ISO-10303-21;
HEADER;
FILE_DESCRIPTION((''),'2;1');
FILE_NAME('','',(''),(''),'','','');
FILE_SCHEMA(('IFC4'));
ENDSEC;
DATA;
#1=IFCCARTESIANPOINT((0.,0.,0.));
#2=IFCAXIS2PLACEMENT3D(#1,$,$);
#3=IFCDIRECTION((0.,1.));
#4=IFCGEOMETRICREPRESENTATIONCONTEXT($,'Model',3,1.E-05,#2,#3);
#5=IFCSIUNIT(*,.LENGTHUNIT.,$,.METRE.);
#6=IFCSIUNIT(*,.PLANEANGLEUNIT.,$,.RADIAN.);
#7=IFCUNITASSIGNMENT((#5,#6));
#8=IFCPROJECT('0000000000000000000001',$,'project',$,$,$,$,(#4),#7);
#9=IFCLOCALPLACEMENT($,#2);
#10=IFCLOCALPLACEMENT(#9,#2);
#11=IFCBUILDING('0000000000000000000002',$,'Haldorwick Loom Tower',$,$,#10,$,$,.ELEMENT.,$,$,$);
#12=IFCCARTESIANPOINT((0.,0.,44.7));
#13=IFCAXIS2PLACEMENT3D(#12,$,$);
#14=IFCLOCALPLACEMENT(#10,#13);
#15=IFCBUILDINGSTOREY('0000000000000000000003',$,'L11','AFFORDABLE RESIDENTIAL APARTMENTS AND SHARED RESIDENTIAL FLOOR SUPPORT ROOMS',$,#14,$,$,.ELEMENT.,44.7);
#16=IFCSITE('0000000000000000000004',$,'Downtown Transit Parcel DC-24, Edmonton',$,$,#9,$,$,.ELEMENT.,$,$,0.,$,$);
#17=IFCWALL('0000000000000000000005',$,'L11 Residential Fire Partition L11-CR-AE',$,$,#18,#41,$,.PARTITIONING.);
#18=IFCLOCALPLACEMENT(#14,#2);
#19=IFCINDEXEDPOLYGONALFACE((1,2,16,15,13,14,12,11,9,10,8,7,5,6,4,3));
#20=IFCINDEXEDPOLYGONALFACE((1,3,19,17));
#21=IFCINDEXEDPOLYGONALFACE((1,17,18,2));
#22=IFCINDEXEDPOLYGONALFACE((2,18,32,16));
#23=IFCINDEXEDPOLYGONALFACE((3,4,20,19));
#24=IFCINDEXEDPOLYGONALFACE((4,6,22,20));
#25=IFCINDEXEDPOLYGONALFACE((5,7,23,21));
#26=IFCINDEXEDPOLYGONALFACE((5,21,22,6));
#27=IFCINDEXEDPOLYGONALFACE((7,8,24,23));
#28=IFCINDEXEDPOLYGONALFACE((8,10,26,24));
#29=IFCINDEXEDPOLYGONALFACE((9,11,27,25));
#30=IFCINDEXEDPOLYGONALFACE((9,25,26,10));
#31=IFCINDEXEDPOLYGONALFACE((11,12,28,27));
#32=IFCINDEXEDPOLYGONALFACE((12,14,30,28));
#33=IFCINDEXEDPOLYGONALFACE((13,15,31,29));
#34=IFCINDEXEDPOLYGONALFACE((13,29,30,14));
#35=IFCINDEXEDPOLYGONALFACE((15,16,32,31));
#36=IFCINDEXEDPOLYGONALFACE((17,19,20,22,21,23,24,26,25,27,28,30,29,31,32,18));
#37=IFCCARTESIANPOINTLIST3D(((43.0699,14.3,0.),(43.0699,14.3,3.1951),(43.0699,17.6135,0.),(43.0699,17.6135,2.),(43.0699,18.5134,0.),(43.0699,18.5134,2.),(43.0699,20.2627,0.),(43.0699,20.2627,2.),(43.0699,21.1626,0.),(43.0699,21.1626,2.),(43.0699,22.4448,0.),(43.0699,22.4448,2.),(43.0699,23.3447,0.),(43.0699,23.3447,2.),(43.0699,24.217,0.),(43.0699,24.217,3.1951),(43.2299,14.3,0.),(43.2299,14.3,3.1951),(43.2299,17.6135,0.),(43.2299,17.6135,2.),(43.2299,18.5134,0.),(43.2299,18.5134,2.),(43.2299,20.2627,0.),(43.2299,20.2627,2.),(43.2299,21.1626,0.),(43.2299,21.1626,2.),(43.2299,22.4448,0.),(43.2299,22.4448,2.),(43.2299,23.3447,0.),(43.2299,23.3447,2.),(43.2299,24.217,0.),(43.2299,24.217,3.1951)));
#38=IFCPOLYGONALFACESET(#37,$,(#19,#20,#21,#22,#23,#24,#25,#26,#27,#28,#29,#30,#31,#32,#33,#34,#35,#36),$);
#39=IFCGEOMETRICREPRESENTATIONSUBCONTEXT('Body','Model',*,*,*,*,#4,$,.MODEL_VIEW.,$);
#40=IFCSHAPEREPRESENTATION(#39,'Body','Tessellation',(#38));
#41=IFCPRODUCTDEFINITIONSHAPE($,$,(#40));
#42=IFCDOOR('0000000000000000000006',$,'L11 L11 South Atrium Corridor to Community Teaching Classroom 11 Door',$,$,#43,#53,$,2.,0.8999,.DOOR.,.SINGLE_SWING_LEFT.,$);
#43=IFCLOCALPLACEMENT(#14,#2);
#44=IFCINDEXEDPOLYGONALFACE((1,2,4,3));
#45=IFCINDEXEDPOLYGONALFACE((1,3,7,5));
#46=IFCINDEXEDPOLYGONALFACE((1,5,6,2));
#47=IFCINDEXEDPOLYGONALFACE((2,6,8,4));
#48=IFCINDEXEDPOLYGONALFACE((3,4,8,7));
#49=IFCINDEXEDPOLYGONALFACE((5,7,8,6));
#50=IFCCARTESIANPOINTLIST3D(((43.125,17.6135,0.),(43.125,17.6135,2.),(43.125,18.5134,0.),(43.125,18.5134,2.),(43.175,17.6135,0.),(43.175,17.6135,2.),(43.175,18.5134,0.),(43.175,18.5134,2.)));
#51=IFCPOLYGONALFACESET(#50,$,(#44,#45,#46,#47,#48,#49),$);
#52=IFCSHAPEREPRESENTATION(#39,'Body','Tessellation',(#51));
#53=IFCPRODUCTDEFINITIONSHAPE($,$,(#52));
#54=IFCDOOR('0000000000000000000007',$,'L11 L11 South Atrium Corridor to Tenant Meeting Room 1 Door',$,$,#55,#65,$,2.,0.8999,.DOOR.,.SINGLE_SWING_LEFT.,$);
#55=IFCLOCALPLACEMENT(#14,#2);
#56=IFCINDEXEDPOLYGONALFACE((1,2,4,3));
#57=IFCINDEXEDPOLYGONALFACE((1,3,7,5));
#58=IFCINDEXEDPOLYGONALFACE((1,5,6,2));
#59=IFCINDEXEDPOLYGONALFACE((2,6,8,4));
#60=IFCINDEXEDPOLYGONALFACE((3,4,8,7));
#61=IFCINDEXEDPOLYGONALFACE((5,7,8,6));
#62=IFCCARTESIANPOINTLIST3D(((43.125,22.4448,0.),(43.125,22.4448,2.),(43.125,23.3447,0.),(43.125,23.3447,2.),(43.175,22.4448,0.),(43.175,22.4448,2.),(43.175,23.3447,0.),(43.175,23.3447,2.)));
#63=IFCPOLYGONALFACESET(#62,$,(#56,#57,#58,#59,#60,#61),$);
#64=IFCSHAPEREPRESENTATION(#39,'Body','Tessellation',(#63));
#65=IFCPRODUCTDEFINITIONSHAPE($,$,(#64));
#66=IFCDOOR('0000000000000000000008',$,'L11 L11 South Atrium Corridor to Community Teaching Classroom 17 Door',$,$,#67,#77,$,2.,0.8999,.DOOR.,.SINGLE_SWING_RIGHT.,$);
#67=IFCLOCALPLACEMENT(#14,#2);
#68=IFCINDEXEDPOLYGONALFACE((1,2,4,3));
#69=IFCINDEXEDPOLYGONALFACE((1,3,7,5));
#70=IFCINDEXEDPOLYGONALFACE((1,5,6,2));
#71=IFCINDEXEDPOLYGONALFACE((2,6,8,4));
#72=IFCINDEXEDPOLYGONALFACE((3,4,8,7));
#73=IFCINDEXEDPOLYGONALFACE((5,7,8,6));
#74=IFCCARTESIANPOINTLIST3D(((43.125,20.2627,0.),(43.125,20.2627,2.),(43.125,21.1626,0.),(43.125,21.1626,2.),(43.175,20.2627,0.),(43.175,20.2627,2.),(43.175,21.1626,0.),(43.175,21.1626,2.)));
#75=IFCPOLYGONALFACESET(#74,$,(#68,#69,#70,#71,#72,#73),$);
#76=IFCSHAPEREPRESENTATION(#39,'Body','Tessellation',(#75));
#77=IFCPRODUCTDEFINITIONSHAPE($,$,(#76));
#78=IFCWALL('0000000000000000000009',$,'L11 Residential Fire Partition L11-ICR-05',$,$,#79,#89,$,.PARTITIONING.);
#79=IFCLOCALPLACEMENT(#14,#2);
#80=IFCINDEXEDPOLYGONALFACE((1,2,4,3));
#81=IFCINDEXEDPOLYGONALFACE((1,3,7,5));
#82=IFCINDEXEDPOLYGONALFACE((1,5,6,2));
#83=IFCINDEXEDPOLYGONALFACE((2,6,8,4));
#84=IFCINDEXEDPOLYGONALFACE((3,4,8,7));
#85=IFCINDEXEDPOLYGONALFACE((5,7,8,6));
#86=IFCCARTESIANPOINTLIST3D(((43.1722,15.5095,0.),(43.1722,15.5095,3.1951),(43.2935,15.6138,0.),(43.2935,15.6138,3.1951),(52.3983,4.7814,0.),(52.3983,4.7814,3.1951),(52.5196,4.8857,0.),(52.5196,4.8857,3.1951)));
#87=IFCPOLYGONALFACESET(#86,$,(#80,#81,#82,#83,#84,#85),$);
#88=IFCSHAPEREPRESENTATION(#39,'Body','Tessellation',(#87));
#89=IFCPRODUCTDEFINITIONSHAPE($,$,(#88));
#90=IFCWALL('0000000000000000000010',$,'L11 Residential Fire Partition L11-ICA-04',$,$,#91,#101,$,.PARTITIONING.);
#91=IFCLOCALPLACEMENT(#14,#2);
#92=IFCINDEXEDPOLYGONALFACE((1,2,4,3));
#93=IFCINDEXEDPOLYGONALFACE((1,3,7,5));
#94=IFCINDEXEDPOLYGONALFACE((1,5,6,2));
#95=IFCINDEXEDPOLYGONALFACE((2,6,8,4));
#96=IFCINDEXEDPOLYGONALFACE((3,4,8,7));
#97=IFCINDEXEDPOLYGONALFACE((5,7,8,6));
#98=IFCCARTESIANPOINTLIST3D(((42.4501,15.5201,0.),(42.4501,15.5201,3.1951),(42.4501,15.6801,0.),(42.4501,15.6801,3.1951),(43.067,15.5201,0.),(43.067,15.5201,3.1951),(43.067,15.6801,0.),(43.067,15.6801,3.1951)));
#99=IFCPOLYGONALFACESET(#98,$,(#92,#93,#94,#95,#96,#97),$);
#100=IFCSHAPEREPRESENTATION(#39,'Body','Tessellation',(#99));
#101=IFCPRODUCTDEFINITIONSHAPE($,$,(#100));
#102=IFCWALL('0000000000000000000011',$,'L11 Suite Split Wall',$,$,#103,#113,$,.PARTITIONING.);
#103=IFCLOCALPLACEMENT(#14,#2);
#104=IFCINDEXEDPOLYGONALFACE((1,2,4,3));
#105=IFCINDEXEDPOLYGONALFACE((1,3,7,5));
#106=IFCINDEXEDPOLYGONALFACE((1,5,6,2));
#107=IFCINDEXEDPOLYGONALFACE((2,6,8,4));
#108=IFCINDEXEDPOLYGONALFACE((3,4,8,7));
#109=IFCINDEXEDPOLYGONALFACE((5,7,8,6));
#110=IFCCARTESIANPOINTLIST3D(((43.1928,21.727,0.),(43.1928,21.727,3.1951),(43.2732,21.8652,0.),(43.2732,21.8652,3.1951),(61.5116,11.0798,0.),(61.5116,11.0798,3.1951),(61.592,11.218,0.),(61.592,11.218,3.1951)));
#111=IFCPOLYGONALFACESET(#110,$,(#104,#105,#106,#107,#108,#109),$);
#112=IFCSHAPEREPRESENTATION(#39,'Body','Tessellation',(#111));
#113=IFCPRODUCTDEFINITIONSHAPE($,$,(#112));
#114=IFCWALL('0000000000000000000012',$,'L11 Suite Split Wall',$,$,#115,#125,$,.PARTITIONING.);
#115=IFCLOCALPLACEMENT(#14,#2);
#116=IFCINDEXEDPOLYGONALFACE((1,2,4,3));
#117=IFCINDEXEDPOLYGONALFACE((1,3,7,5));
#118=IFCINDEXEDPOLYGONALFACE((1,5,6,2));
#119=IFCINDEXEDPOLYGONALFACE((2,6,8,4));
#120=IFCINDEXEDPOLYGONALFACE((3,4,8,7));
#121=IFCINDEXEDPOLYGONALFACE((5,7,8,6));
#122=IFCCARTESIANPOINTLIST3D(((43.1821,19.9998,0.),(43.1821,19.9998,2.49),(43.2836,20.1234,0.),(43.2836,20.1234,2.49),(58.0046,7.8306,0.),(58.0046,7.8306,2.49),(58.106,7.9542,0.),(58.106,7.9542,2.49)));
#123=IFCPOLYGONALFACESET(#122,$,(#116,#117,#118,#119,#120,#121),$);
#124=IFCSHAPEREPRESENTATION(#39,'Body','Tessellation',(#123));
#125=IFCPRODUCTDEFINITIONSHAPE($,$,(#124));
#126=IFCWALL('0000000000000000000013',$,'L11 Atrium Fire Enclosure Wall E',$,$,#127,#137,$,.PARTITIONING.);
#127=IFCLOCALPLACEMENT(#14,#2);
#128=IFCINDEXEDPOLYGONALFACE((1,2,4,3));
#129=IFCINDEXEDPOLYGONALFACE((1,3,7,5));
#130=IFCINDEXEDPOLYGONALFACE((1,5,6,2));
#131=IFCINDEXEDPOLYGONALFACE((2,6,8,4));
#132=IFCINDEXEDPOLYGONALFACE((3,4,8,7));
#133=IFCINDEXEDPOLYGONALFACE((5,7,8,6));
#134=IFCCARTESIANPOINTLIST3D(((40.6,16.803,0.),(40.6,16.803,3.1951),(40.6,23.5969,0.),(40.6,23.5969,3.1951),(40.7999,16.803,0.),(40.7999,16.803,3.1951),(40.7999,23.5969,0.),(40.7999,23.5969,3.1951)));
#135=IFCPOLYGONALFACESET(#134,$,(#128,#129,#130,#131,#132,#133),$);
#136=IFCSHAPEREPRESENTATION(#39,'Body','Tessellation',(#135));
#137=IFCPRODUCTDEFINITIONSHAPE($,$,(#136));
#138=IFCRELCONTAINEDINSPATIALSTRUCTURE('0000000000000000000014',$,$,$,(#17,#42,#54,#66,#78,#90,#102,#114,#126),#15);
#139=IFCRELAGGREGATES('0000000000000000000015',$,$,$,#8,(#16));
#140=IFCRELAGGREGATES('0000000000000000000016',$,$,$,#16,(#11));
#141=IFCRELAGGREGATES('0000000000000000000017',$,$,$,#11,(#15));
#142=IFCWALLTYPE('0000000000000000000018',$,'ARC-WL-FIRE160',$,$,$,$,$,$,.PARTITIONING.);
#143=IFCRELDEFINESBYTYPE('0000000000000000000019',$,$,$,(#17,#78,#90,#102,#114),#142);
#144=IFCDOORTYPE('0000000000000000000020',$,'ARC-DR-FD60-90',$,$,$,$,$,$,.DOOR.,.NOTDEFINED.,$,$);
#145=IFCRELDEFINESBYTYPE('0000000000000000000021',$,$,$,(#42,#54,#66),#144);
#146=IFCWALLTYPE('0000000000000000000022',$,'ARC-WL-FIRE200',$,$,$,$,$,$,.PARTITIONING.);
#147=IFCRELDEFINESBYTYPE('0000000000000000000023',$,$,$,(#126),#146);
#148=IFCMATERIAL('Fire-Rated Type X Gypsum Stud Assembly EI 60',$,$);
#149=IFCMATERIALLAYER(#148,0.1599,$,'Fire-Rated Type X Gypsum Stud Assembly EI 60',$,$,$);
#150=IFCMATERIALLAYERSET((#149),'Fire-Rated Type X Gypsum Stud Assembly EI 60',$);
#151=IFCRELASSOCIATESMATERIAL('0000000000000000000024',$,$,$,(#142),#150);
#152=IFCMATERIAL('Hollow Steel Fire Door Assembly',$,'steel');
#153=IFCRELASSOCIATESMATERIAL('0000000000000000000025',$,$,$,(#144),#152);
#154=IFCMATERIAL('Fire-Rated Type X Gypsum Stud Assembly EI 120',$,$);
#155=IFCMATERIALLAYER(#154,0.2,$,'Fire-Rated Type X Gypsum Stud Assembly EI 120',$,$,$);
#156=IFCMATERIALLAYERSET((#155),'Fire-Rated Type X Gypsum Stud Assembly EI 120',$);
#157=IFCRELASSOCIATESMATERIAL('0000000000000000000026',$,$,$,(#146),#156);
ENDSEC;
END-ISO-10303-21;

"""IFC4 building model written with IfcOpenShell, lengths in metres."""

from ifc_helpers import new_model, si_unit, direction, frame, frame_2d, origin, place, context, subcontext, project, spatial, rectangle, extrude, material, layer, layer_set, type_object, element, fill, save


model = new_model("IFC4")

# Units and contexts
model_context = context("Model", 3, precision=1e-05, world=origin(), true_north=direction((0.0, 1.0)))
body_context = subcontext(model_context, "Body", "Model", "MODEL_VIEW")
ifc_project = project(units=[si_unit("LENGTHUNIT", "METRE"), si_unit("PLANEANGLEUNIT", "RADIAN")], contexts=[model_context])

# Site, building, storey
site_placement = place(None, origin())
site = spatial("IfcSite", under=ifc_project, at=site_placement, Name="Downtown Transit Parcel DC-24, Edmonton", CompositionType="ELEMENT", RefElevation=0.0)
building_placement = place(site_placement, origin())
building = spatial("IfcBuilding", under=site, at=building_placement, Name="Haldorwick Loom Tower", CompositionType="ELEMENT")
storey_placement = place(building_placement, frame((0.0, 0.0, 44.7)))
storey = spatial("IfcBuildingStorey", under=building, at=storey_placement, Name="L11", Description="AFFORDABLE RESIDENTIAL APARTMENTS AND SHARED RESIDENTIAL FLOOR SUPPORT ROOMS", CompositionType="ELEMENT", Elevation=44.7)

# Wall, openings, doors
ifc_material_1 = material(Name="Fire-Rated Type X Gypsum Stud Assembly EI 60")
ifc_layer_1 = layer(ifc_material_1, 0.1599, Name="Fire-Rated Type X Gypsum Stud Assembly EI 60")
ifc_layer_set_1 = layer_set([ifc_layer_1], Name="Fire-Rated Type X Gypsum Stud Assembly EI 60")
wall_type_1 = type_object("IfcWallType", Name="ARC-WL-FIRE160", PredefinedType="PARTITIONING", material=ifc_layer_set_1)
wall_1_placement = place(storey_placement, frame((43.1499, 14.3, 0.0), z_axis=(0.0, 0.0, 1.0), x_axis=(0.0, 1.0, 0.0)))
wall_1 = element("IfcWall", 1, at=wall_1_placement, inside=storey, type_object=wall_type_1, Name="L11 Residential Fire Partition L11-CR-AE", PredefinedType="PARTITIONING", context=body_context, shape_type="SweptSolid", body=[
    extrude(rectangle(XDim=9.917, YDim=0.1599, at=frame_2d((4.9585, 0.0))), origin(), (0.0, 0.0, 1.0), 3.1951),
])
opening_1_placement = place(wall_1_placement, frame((3.3135, 0.0, 0.0)))
opening_1 = element("IfcOpeningElement", 2, at=opening_1_placement, cuts=wall_1, PredefinedType="OPENING", context=body_context, shape_type="SweptSolid", body=[
    extrude(rectangle(XDim=0.8999, YDim=2.0, at=frame_2d((0.45, 1.0))), frame((0.0, 0.0898, 0.0), z_axis=(0.0, -1.0, 0.0), x_axis=(1.0, 0.0, 0.0)), (0.0, 0.0, 1.0), 0.1799),
])
opening_2_placement = place(wall_1_placement, frame((8.1448, 0.0, 0.0)))
opening_2 = element("IfcOpeningElement", 3, at=opening_2_placement, cuts=wall_1, PredefinedType="OPENING", context=body_context, shape_type="SweptSolid", body=[
    extrude(rectangle(XDim=0.8999, YDim=2.0, at=frame_2d((0.45, 1.0))), frame((0.0, 0.0898, 0.0), z_axis=(0.0, -1.0, 0.0), x_axis=(1.0, 0.0, 0.0)), (0.0, 0.0, 1.0), 0.1799),
])
opening_3_placement = place(wall_1_placement, frame((5.9626, 0.0, 0.0)))
opening_3 = element("IfcOpeningElement", 4, at=opening_3_placement, cuts=wall_1, PredefinedType="OPENING", context=body_context, shape_type="SweptSolid", body=[
    extrude(rectangle(XDim=0.8999, YDim=2.0, at=frame_2d((0.45, 1.0))), frame((0.0, 0.0898, 0.0), z_axis=(0.0, -1.0, 0.0), x_axis=(1.0, 0.0, 0.0)), (0.0, 0.0, 1.0), 0.1799),
])
ifc_material_2 = material(Name="Hollow Steel Fire Door Assembly", Category="steel")
door_type = type_object("IfcDoorType", Name="ARC-DR-FD60-90", OperationType="NOTDEFINED", PredefinedType="DOOR", material=ifc_material_2)
door_1_placement = place(opening_1_placement, origin())
door_1 = element("IfcDoor", 5, at=door_1_placement, inside=storey, type_object=door_type, Name="L11 L11 South Atrium Corridor to Community Teaching Classroom 11 Door", OperationType="SINGLE_SWING_LEFT", OverallHeight=2.0, OverallWidth=0.8999, PredefinedType="DOOR", context=body_context, shape_type="SweptSolid", body=[
    extrude(rectangle(XDim=0.8999, YDim=2.0, at=frame_2d((0.45, 1.0))), frame((0.0, 0.0249, 0.0), z_axis=(0.0, -1.0, 0.0), x_axis=(1.0, 0.0, 0.0)), (0.0, 0.0, 1.0), 0.05),
])
fill(opening_1, door_1)
door_2_placement = place(opening_2_placement, origin())
door_2 = element("IfcDoor", 6, at=door_2_placement, inside=storey, type_object=door_type, Name="L11 L11 South Atrium Corridor to Tenant Meeting Room 1 Door", OperationType="SINGLE_SWING_LEFT", OverallHeight=2.0, OverallWidth=0.8999, PredefinedType="DOOR", context=body_context, shape_type="SweptSolid", body=[
    extrude(rectangle(XDim=0.8999, YDim=2.0, at=frame_2d((0.45, 1.0))), frame((0.0, 0.0249, 0.0), z_axis=(0.0, -1.0, 0.0), x_axis=(1.0, 0.0, 0.0)), (0.0, 0.0, 1.0), 0.05),
])
fill(opening_2, door_2)
door_3_placement = place(opening_3_placement, origin())
door_3 = element("IfcDoor", 7, at=door_3_placement, inside=storey, type_object=door_type, Name="L11 L11 South Atrium Corridor to Community Teaching Classroom 17 Door", OperationType="SINGLE_SWING_RIGHT", OverallHeight=2.0, OverallWidth=0.8999, PredefinedType="DOOR", context=body_context, shape_type="SweptSolid", body=[
    extrude(rectangle(XDim=0.8999, YDim=2.0, at=frame_2d((0.45, 1.0))), frame((0.0, 0.0249, 0.0), z_axis=(0.0, -1.0, 0.0), x_axis=(1.0, 0.0, 0.0)), (0.0, 0.0, 1.0), 0.05),
])
fill(opening_3, door_3)

# Walls
wall_2_placement = place(storey_placement, frame((43.2329, 15.5615, 0.0), z_axis=(0.0, 0.0, 1.0), x_axis=(0.652038, -0.758186, 0.0)))
element("IfcWall", 8, at=wall_2_placement, inside=storey, type_object=wall_type_1, Name="L11 Residential Fire Partition L11-ICR-05", PredefinedType="PARTITIONING", context=body_context, shape_type="SweptSolid", body=[
    extrude(rectangle(XDim=14.1497, YDim=0.1599, at=frame_2d((7.0747, 0.0))), origin(), (0.0, 0.0, 1.0), 3.1951),
])
wall_3_placement = place(storey_placement, frame((42.45, 15.6001, 0.0), z_axis=(0.0, 0.0, 1.0), x_axis=(1.0, 0.0, 0.0)))
element("IfcWall", 9, at=wall_3_placement, inside=storey, type_object=wall_type_1, Name="L11 Residential Fire Partition L11-ICA-04", PredefinedType="PARTITIONING", context=body_context, shape_type="SweptSolid", body=[
    extrude(rectangle(XDim=0.6169, YDim=0.1599, at=frame_2d((0.3086, 0.0))), origin(), (0.0, 0.0, 1.0), 3.1951),
])
wall_4_placement = place(storey_placement, frame((43.2329, 21.7961, 0.0), z_axis=(0.0, 0.0, 1.0), x_axis=(0.864574, -0.502505, 0.0)))
element("IfcWall", 10, at=wall_4_placement, inside=storey, type_object=wall_type_1, Name="L11 Suite Split Wall", PredefinedType="PARTITIONING", context=body_context, shape_type="SweptSolid", body=[
    extrude(rectangle(XDim=21.1882, YDim=0.1599, at=frame_2d((10.5942, 0.0))), origin(), (0.0, 0.0, 1.0), 3.1951),
])
wall_5_placement = place(storey_placement, frame((43.2329, 20.0615, 0.0), z_axis=(0.0, 0.0, 1.0), x_axis=(0.772891, -0.634539, 0.0)))
element("IfcWall", 11, at=wall_5_placement, inside=storey, type_object=wall_type_1, Name="L11 Suite Split Wall", PredefinedType="PARTITIONING", context=body_context, shape_type="SweptSolid", body=[
    extrude(rectangle(XDim=19.178, YDim=0.1599, at=frame_2d((9.5889, 0.0))), origin(), (0.0, 0.0, 1.0), 2.49),
])
ifc_material_3 = material(Name="Fire-Rated Type X Gypsum Stud Assembly EI 120")
ifc_layer_2 = layer(ifc_material_3, 0.2, Name="Fire-Rated Type X Gypsum Stud Assembly EI 120")
ifc_layer_set_2 = layer_set([ifc_layer_2], Name="Fire-Rated Type X Gypsum Stud Assembly EI 120")
wall_type_2 = type_object("IfcWallType", Name="ARC-WL-FIRE200", PredefinedType="PARTITIONING", material=ifc_layer_set_2)
wall_6_placement = place(storey_placement, frame((40.7, 23.5969, 0.0), z_axis=(0.0, 0.0, 1.0), x_axis=(0.0, -1.0, 0.0)))
element("IfcWall", 12, at=wall_6_placement, inside=storey, type_object=wall_type_2, Name="L11 Atrium Fire Enclosure Wall E", PredefinedType="PARTITIONING", context=body_context, shape_type="SweptSolid", body=[
    extrude(rectangle(XDim=6.7939, YDim=0.2, at=frame_2d((3.397, 0.0))), origin(), (0.0, 0.0, 1.0), 3.1951),
])

save(model, "model.ifc")
